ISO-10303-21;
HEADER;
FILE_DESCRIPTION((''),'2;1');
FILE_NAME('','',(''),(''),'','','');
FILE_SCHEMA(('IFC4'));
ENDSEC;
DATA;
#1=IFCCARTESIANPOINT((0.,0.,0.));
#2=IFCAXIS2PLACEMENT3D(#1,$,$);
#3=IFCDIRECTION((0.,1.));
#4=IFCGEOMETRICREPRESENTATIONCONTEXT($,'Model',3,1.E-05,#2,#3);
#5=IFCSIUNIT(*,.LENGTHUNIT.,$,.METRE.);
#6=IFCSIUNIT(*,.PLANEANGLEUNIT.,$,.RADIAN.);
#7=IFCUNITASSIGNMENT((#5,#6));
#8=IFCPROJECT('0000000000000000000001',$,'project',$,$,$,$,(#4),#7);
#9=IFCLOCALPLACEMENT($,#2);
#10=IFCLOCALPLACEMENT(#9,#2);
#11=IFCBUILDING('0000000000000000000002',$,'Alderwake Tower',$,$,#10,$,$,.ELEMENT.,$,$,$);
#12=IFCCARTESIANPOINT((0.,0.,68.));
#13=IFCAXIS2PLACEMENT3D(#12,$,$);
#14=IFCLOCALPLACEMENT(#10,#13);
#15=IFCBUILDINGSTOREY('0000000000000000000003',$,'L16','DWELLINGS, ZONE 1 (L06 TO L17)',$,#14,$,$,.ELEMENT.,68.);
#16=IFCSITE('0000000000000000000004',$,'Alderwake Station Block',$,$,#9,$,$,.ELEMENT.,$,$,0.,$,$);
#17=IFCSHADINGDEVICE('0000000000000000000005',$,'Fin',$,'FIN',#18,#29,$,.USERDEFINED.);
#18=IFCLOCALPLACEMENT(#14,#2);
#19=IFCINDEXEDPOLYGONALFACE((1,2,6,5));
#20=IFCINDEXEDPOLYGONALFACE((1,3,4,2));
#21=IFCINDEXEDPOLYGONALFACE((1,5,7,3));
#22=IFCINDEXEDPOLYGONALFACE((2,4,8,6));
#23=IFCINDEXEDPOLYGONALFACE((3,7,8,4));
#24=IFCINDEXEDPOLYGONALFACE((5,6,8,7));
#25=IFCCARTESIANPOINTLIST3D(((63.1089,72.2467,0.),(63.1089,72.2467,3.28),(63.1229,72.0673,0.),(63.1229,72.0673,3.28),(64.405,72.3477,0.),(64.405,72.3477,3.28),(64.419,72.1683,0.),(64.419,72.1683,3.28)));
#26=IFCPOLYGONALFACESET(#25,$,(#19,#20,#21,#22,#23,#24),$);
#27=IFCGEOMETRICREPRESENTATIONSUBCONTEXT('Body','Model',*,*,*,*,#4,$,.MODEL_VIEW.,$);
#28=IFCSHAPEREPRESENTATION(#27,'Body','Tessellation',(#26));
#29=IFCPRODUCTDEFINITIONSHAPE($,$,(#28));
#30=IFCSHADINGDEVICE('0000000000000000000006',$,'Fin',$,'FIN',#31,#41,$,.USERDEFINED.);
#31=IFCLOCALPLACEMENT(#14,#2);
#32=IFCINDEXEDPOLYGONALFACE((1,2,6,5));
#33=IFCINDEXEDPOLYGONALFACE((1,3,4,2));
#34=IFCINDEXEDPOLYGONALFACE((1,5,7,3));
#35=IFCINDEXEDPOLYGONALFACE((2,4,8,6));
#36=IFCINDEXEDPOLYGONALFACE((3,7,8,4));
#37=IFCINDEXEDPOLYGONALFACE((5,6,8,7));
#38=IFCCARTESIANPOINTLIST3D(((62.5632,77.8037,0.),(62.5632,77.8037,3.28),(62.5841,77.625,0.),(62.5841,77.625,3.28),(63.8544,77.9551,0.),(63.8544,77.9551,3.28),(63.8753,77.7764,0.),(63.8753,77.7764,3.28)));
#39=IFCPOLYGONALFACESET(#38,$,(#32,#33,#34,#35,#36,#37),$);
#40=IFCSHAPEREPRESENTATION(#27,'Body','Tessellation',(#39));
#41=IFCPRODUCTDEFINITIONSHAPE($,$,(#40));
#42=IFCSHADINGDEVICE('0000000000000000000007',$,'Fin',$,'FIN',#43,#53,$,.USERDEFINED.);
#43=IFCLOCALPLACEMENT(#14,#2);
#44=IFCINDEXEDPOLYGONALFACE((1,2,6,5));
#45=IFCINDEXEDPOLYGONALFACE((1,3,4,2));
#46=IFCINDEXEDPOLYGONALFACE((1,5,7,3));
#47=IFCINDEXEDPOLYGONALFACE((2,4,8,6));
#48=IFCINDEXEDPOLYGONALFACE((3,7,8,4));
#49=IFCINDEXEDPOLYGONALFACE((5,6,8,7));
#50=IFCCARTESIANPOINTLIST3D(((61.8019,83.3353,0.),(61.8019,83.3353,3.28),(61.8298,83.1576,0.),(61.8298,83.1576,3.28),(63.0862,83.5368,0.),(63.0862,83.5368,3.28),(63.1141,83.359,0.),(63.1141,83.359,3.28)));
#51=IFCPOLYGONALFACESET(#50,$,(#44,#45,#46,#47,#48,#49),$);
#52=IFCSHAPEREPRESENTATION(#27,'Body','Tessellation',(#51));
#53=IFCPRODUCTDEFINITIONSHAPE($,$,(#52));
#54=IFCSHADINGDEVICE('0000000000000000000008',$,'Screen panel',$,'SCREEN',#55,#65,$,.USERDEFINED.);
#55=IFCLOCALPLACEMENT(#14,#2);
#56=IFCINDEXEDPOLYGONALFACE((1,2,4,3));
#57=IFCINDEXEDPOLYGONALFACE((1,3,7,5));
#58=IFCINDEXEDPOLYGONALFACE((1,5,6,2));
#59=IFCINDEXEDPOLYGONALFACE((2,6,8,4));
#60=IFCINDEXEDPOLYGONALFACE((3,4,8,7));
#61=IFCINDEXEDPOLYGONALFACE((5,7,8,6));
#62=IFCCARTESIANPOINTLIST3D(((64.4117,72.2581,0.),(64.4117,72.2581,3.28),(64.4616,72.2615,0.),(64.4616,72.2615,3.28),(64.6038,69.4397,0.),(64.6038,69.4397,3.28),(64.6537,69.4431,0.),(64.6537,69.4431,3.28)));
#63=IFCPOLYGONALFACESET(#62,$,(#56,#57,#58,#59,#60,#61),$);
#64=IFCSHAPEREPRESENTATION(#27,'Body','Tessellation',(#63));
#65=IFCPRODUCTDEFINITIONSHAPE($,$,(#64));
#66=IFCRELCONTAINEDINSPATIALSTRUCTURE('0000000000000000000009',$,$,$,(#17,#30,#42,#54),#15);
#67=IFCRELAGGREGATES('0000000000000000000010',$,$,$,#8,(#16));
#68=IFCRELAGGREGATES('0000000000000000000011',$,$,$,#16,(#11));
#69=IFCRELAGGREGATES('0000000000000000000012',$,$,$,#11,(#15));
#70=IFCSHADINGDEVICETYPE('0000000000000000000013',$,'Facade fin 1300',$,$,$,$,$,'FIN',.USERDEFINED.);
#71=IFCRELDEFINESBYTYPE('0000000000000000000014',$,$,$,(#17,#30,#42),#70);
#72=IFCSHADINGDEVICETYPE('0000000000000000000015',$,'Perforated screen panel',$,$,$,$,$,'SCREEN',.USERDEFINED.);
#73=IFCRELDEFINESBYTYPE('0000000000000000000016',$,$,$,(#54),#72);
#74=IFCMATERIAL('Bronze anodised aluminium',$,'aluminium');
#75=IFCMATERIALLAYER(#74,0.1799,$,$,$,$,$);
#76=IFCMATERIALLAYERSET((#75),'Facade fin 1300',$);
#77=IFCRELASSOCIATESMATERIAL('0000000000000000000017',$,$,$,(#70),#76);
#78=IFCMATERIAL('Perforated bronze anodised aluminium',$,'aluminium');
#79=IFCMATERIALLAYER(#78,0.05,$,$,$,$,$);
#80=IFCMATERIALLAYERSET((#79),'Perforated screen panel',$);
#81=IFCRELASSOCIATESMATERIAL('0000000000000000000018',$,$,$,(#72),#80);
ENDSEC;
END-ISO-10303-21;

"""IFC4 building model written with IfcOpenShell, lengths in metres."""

from ifc_helpers import new_model, si_unit, direction, frame, origin, origin_2d, place, context, subcontext, project, spatial, rectangle, extrude, material, layer, layer_set, type_object, element, save


model = new_model("IFC4")

# Units and contexts
model_context = context("Model", 3, precision=1e-05, world=origin(), true_north=direction((0.0, 1.0)))
body_context = subcontext(model_context, "Body", "Model", "MODEL_VIEW")
ifc_project = project(units=[si_unit("LENGTHUNIT", "METRE"), si_unit("PLANEANGLEUNIT", "RADIAN")], contexts=[model_context])

# Site, building, storey
site_placement = place(None, origin())
site = spatial("IfcSite", under=ifc_project, at=site_placement, Name="Alderwake Station Block", CompositionType="ELEMENT", RefElevation=0.0)
building_placement = place(site_placement, origin())
building = spatial("IfcBuilding", under=site, at=building_placement, Name="Alderwake Tower", CompositionType="ELEMENT")
storey_placement = place(building_placement, frame((0.0, 0.0, 68.0)))
storey = spatial("IfcBuildingStorey", under=building, at=storey_placement, Name="L16", Description="DWELLINGS, ZONE 1 (L06 TO L17)", CompositionType="ELEMENT", Elevation=68.0)

# Shading devices
ifc_material_1 = material(Name="Bronze anodised aluminium", Category="aluminium")
ifc_layer_1 = layer(ifc_material_1, 0.1799)
ifc_layer_set_1 = layer_set([ifc_layer_1], Name="Facade fin 1300")
shading_device_type_1 = type_object("IfcShadingDeviceType", Name="Facade fin 1300", ElementType="FIN", PredefinedType="USERDEFINED", material=ifc_layer_set_1)
for number, where, z_axis, x_axis, name in (
    (1, (63.7639, 72.2075, 0.0), (0.0, 0.0, 1.0), (0.996975, 0.077721, 0.0), "Fin"),
    (2, (63.2192, 77.79, 0.0), (0.0, 0.0, 1.0), (0.993198, 0.116435, 0.0), "Fin"),
    (3, (62.458, 83.3472, 0.0), (0.0, 0.0, 1.0), (0.987919, 0.154972, 0.0), "Fin"),
):
    element("IfcShadingDevice", number, at=place(storey_placement, frame(where, z_axis=z_axis, x_axis=x_axis)), inside=storey, type_object=shading_device_type_1, Name=name, ObjectType="FIN", PredefinedType="USERDEFINED", context=body_context, shape_type="SweptSolid", body=[
        extrude(rectangle(XDim=1.3, YDim=0.1799, at=origin_2d()), origin(), (0.0, 0.0, 1.0), 3.28),
    ])
ifc_material_2 = material(Name="Perforated bronze anodised aluminium", Category="aluminium")
ifc_layer_2 = layer(ifc_material_2, 0.05)
ifc_layer_set_2 = layer_set([ifc_layer_2], Name="Perforated screen panel")
shading_device_type_2 = type_object("IfcShadingDeviceType", Name="Perforated screen panel", ElementType="SCREEN", PredefinedType="USERDEFINED", material=ifc_layer_set_2)
shading_device_placement = place(storey_placement, frame((64.5327, 70.8506, 0.0), z_axis=(0.0, 0.0, 1.0), x_axis=(0.997685, 0.067998, 0.0)))
element("IfcShadingDevice", 4, at=shading_device_placement, inside=storey, type_object=shading_device_type_2, Name="Screen panel", ObjectType="SCREEN", PredefinedType="USERDEFINED", context=body_context, shape_type="SweptSolid", body=[
    extrude(rectangle(XDim=0.05, YDim=2.825, at=origin_2d()), origin(), (0.0, 0.0, 1.0), 3.28),
])

save(model, "model.ifc")
